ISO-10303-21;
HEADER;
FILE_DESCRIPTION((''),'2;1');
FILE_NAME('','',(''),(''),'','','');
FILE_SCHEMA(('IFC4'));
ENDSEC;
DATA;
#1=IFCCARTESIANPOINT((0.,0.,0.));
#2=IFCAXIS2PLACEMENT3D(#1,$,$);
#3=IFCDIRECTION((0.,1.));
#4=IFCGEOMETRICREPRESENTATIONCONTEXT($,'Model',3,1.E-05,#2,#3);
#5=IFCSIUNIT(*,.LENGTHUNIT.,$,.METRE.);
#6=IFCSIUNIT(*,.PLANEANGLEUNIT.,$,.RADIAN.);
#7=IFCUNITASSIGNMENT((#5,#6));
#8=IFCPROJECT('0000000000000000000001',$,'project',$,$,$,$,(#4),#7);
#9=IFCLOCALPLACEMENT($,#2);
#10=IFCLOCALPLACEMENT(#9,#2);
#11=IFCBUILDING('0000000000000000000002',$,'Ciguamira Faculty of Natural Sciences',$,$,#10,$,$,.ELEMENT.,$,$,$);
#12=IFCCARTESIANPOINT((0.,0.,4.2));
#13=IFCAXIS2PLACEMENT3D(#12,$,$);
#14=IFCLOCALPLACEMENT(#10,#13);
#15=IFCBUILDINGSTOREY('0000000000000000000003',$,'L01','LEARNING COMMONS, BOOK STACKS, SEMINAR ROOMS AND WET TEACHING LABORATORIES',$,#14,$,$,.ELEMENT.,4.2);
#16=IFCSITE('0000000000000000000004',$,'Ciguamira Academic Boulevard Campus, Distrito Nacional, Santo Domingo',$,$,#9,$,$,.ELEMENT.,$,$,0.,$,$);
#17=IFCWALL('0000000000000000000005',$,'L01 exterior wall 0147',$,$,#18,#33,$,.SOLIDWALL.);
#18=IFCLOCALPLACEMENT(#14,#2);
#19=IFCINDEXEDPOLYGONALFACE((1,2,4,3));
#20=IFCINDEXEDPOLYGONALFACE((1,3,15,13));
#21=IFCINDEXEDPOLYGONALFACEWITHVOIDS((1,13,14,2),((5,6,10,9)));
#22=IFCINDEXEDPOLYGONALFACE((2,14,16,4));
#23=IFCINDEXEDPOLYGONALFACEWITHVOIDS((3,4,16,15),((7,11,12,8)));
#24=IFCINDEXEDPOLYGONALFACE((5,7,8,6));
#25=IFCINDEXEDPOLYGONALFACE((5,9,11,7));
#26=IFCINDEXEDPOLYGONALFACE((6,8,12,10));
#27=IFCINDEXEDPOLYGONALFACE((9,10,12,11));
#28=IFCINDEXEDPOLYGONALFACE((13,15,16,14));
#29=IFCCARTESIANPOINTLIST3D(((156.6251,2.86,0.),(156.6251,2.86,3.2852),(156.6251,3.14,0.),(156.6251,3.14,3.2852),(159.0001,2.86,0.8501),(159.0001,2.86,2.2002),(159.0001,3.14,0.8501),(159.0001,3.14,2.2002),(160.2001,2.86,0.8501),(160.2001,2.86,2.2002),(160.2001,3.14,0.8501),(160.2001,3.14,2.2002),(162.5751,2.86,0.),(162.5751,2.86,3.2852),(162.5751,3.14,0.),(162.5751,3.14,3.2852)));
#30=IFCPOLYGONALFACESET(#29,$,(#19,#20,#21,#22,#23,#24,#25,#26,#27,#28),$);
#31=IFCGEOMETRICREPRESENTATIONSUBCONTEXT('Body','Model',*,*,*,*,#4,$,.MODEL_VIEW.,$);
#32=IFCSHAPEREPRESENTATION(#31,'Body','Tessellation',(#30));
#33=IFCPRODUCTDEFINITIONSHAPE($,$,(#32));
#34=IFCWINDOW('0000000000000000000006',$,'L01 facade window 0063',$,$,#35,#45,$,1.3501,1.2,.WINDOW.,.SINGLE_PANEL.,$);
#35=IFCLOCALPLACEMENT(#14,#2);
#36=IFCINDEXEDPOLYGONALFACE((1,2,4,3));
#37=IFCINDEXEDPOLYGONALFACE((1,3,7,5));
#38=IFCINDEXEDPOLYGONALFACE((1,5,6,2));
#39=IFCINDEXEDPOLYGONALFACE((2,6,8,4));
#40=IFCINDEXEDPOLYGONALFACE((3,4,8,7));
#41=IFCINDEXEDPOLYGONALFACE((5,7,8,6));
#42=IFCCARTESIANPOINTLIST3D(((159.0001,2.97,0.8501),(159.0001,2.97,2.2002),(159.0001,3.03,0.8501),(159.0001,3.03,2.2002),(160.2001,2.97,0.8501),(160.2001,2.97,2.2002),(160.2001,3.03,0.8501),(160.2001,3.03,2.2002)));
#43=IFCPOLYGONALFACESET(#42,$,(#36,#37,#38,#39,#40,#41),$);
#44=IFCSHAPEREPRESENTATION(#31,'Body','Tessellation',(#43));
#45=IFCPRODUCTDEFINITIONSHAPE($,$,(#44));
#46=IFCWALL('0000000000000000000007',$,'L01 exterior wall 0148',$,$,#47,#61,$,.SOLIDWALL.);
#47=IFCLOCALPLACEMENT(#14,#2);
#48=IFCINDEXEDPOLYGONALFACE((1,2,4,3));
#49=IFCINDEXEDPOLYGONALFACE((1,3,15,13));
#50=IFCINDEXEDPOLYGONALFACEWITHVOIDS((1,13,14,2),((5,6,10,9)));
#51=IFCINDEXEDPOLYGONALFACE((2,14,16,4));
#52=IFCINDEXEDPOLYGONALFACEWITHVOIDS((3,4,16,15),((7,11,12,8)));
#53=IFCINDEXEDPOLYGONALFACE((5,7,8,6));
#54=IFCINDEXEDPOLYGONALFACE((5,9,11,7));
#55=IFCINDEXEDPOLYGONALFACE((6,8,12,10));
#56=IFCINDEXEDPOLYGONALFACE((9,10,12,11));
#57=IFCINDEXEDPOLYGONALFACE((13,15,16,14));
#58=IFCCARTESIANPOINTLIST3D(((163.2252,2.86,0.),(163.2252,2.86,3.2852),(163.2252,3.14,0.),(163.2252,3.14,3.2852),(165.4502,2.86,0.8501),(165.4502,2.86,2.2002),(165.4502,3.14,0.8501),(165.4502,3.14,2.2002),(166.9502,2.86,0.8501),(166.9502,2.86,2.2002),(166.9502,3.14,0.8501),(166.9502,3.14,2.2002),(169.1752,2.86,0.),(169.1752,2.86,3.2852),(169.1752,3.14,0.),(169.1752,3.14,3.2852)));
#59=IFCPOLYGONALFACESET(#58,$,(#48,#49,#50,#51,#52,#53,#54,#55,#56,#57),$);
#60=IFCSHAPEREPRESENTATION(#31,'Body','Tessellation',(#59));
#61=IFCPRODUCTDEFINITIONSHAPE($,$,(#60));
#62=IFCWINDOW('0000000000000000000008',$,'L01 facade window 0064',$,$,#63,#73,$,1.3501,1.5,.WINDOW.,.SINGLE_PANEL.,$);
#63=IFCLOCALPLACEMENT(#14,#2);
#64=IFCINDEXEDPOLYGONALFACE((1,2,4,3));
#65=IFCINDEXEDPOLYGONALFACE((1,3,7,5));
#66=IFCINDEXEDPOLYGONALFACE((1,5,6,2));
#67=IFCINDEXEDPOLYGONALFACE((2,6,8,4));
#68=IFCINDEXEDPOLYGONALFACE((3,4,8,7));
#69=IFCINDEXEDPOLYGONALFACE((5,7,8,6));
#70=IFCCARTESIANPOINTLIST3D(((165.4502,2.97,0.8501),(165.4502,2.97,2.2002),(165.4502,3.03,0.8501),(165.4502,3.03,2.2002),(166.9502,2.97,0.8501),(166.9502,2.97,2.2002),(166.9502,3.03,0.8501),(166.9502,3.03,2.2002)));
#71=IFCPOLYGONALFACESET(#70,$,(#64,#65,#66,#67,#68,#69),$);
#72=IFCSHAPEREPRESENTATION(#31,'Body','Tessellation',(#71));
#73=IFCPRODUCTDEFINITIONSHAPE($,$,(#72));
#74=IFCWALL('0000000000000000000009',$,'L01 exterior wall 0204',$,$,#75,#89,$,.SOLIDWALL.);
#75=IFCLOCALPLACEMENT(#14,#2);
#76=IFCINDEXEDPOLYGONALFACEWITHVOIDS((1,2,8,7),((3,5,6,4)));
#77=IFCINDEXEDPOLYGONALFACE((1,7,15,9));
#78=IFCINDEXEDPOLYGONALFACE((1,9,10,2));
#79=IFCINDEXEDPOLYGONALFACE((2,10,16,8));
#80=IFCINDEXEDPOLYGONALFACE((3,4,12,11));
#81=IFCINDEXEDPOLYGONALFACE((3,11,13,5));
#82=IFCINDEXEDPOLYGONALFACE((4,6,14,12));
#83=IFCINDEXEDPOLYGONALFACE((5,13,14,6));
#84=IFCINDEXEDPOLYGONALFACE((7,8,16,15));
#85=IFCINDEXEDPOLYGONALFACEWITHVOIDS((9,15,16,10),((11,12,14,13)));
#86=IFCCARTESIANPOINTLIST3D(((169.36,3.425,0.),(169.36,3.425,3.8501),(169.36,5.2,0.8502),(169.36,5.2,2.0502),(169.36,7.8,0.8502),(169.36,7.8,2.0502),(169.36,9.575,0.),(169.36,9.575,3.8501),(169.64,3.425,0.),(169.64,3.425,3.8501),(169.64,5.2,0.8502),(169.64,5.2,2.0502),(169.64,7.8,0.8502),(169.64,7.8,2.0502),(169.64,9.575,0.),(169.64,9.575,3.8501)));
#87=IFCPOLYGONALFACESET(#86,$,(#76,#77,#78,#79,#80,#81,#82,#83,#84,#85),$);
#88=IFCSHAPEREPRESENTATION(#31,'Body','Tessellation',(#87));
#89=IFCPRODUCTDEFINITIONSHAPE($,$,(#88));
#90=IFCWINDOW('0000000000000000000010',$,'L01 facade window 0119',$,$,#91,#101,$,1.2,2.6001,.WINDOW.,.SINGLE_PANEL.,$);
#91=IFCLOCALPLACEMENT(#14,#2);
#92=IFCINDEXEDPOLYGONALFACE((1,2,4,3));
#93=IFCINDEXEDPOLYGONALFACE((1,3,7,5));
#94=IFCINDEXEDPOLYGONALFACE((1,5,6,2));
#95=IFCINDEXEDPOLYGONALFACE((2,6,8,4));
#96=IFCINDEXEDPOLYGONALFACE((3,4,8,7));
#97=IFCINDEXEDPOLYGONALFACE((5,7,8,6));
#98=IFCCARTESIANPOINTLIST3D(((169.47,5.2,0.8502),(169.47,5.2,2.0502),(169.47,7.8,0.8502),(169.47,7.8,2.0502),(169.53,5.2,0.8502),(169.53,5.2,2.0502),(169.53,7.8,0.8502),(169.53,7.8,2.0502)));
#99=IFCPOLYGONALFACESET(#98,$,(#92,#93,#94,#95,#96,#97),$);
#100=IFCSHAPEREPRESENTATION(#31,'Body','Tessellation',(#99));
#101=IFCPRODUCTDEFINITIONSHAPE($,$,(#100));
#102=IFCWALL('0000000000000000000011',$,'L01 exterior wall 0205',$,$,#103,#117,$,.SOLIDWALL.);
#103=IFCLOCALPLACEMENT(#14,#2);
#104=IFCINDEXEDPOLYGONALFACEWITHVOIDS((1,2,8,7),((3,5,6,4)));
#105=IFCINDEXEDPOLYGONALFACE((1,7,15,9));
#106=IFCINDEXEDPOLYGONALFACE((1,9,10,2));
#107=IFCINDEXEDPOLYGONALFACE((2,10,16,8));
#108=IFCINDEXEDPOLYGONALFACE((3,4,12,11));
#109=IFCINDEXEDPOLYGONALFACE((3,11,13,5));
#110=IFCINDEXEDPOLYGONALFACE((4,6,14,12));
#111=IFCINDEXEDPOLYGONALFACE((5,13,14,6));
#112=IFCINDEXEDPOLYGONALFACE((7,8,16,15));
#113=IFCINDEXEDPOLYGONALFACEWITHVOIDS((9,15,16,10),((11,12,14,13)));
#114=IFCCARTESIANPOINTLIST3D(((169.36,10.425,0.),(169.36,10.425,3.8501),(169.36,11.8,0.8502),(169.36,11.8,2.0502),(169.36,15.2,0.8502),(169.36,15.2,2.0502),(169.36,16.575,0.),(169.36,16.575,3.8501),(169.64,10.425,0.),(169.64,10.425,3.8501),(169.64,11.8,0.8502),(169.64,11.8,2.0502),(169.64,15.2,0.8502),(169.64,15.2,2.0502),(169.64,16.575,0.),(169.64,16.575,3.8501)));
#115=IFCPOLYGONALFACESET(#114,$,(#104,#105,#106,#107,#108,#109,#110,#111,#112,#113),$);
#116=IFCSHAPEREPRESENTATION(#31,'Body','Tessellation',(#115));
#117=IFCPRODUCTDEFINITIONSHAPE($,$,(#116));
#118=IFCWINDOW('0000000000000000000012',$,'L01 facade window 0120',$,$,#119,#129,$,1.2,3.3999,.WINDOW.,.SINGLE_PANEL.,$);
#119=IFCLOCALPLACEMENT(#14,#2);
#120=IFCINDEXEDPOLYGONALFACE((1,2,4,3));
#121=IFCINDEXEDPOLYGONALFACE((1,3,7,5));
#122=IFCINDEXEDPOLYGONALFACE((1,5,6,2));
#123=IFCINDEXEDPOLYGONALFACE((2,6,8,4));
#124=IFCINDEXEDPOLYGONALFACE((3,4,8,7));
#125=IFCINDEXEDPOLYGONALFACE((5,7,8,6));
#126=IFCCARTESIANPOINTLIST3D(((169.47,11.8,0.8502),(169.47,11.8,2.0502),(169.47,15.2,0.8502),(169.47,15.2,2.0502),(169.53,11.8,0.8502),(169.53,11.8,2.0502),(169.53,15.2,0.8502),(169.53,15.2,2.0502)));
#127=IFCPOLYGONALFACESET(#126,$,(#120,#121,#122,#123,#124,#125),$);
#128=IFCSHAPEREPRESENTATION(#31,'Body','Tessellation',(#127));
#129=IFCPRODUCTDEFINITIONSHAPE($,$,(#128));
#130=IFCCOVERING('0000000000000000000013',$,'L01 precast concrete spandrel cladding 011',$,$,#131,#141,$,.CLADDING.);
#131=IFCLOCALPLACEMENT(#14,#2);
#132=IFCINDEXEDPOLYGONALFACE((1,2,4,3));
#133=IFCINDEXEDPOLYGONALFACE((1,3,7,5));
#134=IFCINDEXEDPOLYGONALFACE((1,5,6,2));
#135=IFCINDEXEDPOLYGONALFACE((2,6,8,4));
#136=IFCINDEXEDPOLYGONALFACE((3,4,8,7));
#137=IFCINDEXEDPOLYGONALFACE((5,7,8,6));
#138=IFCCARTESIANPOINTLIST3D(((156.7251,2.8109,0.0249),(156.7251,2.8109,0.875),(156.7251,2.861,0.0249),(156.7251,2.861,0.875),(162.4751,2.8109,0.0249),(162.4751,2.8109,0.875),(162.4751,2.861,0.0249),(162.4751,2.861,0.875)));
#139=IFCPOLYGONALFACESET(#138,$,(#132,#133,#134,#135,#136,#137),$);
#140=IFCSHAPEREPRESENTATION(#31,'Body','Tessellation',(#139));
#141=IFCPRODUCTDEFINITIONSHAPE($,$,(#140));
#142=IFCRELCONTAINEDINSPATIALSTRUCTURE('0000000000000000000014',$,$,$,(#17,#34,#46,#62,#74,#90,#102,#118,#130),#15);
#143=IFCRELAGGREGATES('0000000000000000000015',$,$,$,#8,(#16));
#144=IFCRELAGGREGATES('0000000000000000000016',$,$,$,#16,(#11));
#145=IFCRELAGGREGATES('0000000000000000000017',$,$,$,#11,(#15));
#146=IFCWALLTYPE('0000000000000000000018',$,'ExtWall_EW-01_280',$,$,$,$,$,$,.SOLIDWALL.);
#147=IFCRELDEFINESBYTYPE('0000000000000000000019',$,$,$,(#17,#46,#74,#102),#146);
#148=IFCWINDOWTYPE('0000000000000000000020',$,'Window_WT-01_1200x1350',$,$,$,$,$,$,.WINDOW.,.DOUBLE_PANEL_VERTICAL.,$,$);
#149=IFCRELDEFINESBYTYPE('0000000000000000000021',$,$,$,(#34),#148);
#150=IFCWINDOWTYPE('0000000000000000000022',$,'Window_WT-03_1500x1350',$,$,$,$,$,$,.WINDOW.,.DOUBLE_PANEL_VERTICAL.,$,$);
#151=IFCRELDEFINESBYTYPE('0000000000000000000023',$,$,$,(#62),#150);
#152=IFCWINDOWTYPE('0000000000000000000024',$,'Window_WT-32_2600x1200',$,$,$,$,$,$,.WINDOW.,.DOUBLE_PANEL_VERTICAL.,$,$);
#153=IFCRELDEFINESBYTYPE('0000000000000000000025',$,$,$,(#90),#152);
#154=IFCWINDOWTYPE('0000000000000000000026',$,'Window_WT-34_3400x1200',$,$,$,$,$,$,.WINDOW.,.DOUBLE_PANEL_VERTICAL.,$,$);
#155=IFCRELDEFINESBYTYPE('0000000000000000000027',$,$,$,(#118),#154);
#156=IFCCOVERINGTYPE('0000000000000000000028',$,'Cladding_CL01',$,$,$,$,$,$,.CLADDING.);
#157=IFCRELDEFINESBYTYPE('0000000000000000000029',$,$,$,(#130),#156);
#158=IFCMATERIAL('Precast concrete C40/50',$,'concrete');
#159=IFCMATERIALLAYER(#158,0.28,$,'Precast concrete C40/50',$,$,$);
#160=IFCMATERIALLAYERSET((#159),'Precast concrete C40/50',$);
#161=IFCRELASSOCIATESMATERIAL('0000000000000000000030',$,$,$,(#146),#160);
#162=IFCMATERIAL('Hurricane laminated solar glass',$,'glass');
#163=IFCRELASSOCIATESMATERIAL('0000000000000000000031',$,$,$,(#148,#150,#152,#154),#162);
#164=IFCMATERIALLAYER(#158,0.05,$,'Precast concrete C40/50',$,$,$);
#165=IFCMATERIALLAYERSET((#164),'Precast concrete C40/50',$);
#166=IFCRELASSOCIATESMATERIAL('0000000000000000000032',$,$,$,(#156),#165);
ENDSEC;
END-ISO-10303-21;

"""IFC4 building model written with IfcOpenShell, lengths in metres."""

from ifc_helpers import new_model, si_unit, direction, frame, frame_2d, origin, origin_2d, place, context, subcontext, project, spatial, rectangle, extrude, material, layer, layer_set, type_object, element, fill, save


model = new_model("IFC4")

# Units and contexts
model_context = context("Model", 3, precision=1e-05, world=origin(), true_north=direction((0.0, 1.0)))
body_context = subcontext(model_context, "Body", "Model", "MODEL_VIEW")
ifc_project = project(units=[si_unit("LENGTHUNIT", "METRE"), si_unit("PLANEANGLEUNIT", "RADIAN")], contexts=[model_context])

# Site, building, storey
site_placement = place(None, origin())
site = spatial("IfcSite", under=ifc_project, at=site_placement, Name="Ciguamira Academic Boulevard Campus, Distrito Nacional, Santo Domingo", CompositionType="ELEMENT", RefElevation=0.0)
building_placement = place(site_placement, origin())
building = spatial("IfcBuilding", under=site, at=building_placement, Name="Ciguamira Faculty of Natural Sciences", CompositionType="ELEMENT")
storey_placement = place(building_placement, frame((0.0, 0.0, 4.2)))
storey = spatial("IfcBuildingStorey", under=building, at=storey_placement, Name="L01", Description="LEARNING COMMONS, BOOK STACKS, SEMINAR ROOMS AND WET TEACHING LABORATORIES", CompositionType="ELEMENT", Elevation=4.2)

# Shared definitions
ifc_material_1 = material(Name="Precast concrete C40/50", Category="concrete")

# Walls, openings, windows
ifc_layer_1 = layer(ifc_material_1, 0.28, Name="Precast concrete C40/50")
ifc_layer_set_1 = layer_set([ifc_layer_1], Name="Precast concrete C40/50")
wall_type = type_object("IfcWallType", Name="ExtWall_EW-01_280", PredefinedType="SOLIDWALL", material=ifc_layer_set_1)
wall_1_placement = place(storey_placement, frame((156.625, 3.0, 0.0), z_axis=(0.0, 0.0, 1.0), x_axis=(1.0, 0.0, 0.0)))
wall_1 = element("IfcWall", 1, at=wall_1_placement, inside=storey, type_object=wall_type, Name="L01 exterior wall 0147", PredefinedType="SOLIDWALL", context=body_context, shape_type="SweptSolid", body=[
    extrude(rectangle(XDim=5.95, YDim=0.28, at=frame_2d((2.9751, 0.0))), origin(), (0.0, 0.0, 1.0), 3.2852),
])
opening_1_placement = place(wall_1_placement, frame((2.375, 0.0, 0.8501)))
opening_1 = element("IfcOpeningElement", 2, at=opening_1_placement, cuts=wall_1, PredefinedType="OPENING", context=body_context, shape_type="SweptSolid", body=[
    extrude(rectangle(XDim=1.2, YDim=1.3501, at=frame_2d((0.6001, 0.675))), frame((0.0, 0.1499, 0.0), z_axis=(0.0, -1.0, 0.0), x_axis=(1.0, 0.0, 0.0)), (0.0, 0.0, 1.0), 0.3),
])
ifc_material_2 = material(Name="Hurricane laminated solar glass", Category="glass")
window_type_1 = type_object("IfcWindowType", Name="Window_WT-01_1200x1350", PartitioningType="DOUBLE_PANEL_VERTICAL", PredefinedType="WINDOW", material=ifc_material_2)
window_1_placement = place(opening_1_placement, origin())
window_1 = element("IfcWindow", 3, at=window_1_placement, inside=storey, type_object=window_type_1, Name="L01 facade window 0063", OverallHeight=1.3501, OverallWidth=1.2, PartitioningType="SINGLE_PANEL", PredefinedType="WINDOW", context=body_context, shape_type="SweptSolid", body=[
    extrude(rectangle(XDim=1.2, YDim=1.3501, at=frame_2d((0.6001, 0.675))), frame((0.0, 0.03, 0.0), z_axis=(0.0, -1.0, 0.0), x_axis=(1.0, 0.0, 0.0)), (0.0, 0.0, 1.0), 0.0601),
])
fill(opening_1, window_1)
wall_2_placement = place(storey_placement, frame((163.2251, 3.0, 0.0), z_axis=(0.0, 0.0, 1.0), x_axis=(1.0, 0.0, 0.0)))
wall_2 = element("IfcWall", 4, at=wall_2_placement, inside=storey, type_object=wall_type, Name="L01 exterior wall 0148", PredefinedType="SOLIDWALL", context=body_context, shape_type="SweptSolid", body=[
    extrude(rectangle(XDim=5.95, YDim=0.28, at=frame_2d((2.9751, 0.0))), origin(), (0.0, 0.0, 1.0), 3.2852),
])
opening_2_placement = place(wall_2_placement, frame((2.2251, 0.0, 0.8501)))
opening_2 = element("IfcOpeningElement", 5, at=opening_2_placement, cuts=wall_2, PredefinedType="OPENING", context=body_context, shape_type="SweptSolid", body=[
    extrude(rectangle(XDim=1.5, YDim=1.3501, at=frame_2d((0.75, 0.675))), frame((0.0, 0.1499, 0.0), z_axis=(0.0, -1.0, 0.0), x_axis=(1.0, 0.0, 0.0)), (0.0, 0.0, 1.0), 0.3),
])
window_type_2 = type_object("IfcWindowType", Name="Window_WT-03_1500x1350", PartitioningType="DOUBLE_PANEL_VERTICAL", PredefinedType="WINDOW", material=ifc_material_2)
window_2_placement = place(opening_2_placement, origin())
window_2 = element("IfcWindow", 6, at=window_2_placement, inside=storey, type_object=window_type_2, Name="L01 facade window 0064", OverallHeight=1.3501, OverallWidth=1.5, PartitioningType="SINGLE_PANEL", PredefinedType="WINDOW", context=body_context, shape_type="SweptSolid", body=[
    extrude(rectangle(XDim=1.5, YDim=1.3501, at=frame_2d((0.75, 0.675))), frame((0.0, 0.03, 0.0), z_axis=(0.0, -1.0, 0.0), x_axis=(1.0, 0.0, 0.0)), (0.0, 0.0, 1.0), 0.0601),
])
fill(opening_2, window_2)
wall_3_placement = place(storey_placement, frame((169.5, 3.425, 0.0), z_axis=(0.0, 0.0, 1.0), x_axis=(0.0, 1.0, 0.0)))
wall_3 = element("IfcWall", 7, at=wall_3_placement, inside=storey, type_object=wall_type, Name="L01 exterior wall 0204", PredefinedType="SOLIDWALL", context=body_context, shape_type="SweptSolid", body=[
    extrude(rectangle(XDim=6.1499, YDim=0.28, at=frame_2d((3.075, 0.0))), origin(), (0.0, 0.0, 1.0), 3.8501),
])
opening_3_placement = place(wall_3_placement, frame((1.7749, 0.0, 0.8501)))
opening_3 = element("IfcOpeningElement", 8, at=opening_3_placement, cuts=wall_3, PredefinedType="OPENING", context=body_context, shape_type="SweptSolid", body=[
    extrude(rectangle(XDim=2.6001, YDim=1.2, at=frame_2d((1.3, 0.6001))), frame((0.0, 0.1499, 0.0), z_axis=(0.0, -1.0, 0.0), x_axis=(1.0, 0.0, 0.0)), (0.0, 0.0, 1.0), 0.3),
])
window_type_3 = type_object("IfcWindowType", Name="Window_WT-32_2600x1200", PartitioningType="DOUBLE_PANEL_VERTICAL", PredefinedType="WINDOW", material=ifc_material_2)
window_3_placement = place(opening_3_placement, origin())
window_3 = element("IfcWindow", 9, at=window_3_placement, inside=storey, type_object=window_type_3, Name="L01 facade window 0119", OverallHeight=1.2, OverallWidth=2.6001, PartitioningType="SINGLE_PANEL", PredefinedType="WINDOW", context=body_context, shape_type="SweptSolid", body=[
    extrude(rectangle(XDim=2.6001, YDim=1.2, at=frame_2d((1.3, 0.6001))), frame((0.0, 0.03, 0.0), z_axis=(0.0, -1.0, 0.0), x_axis=(1.0, 0.0, 0.0)), (0.0, 0.0, 1.0), 0.0601),
])
fill(opening_3, window_3)
wall_4_placement = place(storey_placement, frame((169.5, 10.425, 0.0), z_axis=(0.0, 0.0, 1.0), x_axis=(0.0, 1.0, 0.0)))
wall_4 = element("IfcWall", 10, at=wall_4_placement, inside=storey, type_object=wall_type, Name="L01 exterior wall 0205", PredefinedType="SOLIDWALL", context=body_context, shape_type="SweptSolid", body=[
    extrude(rectangle(XDim=6.1499, YDim=0.28, at=frame_2d((3.075, 0.0))), origin(), (0.0, 0.0, 1.0), 3.8501),
])
opening_4_placement = place(wall_4_placement, frame((1.375, 0.0, 0.8501)))
opening_4 = element("IfcOpeningElement", 11, at=opening_4_placement, cuts=wall_4, PredefinedType="OPENING", context=body_context, shape_type="SweptSolid", body=[
    extrude(rectangle(XDim=3.3999, YDim=1.2, at=frame_2d((1.7, 0.6001))), frame((0.0, 0.1499, 0.0), z_axis=(0.0, -1.0, 0.0), x_axis=(1.0, 0.0, 0.0)), (0.0, 0.0, 1.0), 0.3),
])
window_type_4 = type_object("IfcWindowType", Name="Window_WT-34_3400x1200", PartitioningType="DOUBLE_PANEL_VERTICAL", PredefinedType="WINDOW", material=ifc_material_2)
window_4_placement = place(opening_4_placement, origin())
window_4 = element("IfcWindow", 12, at=window_4_placement, inside=storey, type_object=window_type_4, Name="L01 facade window 0120", OverallHeight=1.2, OverallWidth=3.3999, PartitioningType="SINGLE_PANEL", PredefinedType="WINDOW", context=body_context, shape_type="SweptSolid", body=[
    extrude(rectangle(XDim=3.3999, YDim=1.2, at=frame_2d((1.7, 0.6001))), frame((0.0, 0.03, 0.0), z_axis=(0.0, -1.0, 0.0), x_axis=(1.0, 0.0, 0.0)), (0.0, 0.0, 1.0), 0.0601),
])
fill(opening_4, window_4)

# Covering
ifc_layer_2 = layer(ifc_material_1, 0.05, Name="Precast concrete C40/50")
ifc_layer_set_2 = layer_set([ifc_layer_2], Name="Precast concrete C40/50")
covering_type = type_object("IfcCoveringType", Name="Cladding_CL01", PredefinedType="CLADDING", material=ifc_layer_set_2)
covering_placement = place(storey_placement, frame((159.6001, 2.8359, 0.0249), z_axis=(0.0, 0.0, 1.0), x_axis=(1.0, 0.0, 0.0)))
element("IfcCovering", 13, at=covering_placement, inside=storey, type_object=covering_type, Name="L01 precast concrete spandrel cladding 011", PredefinedType="CLADDING", context=body_context, shape_type="SweptSolid", body=[
    extrude(rectangle(XDim=5.75, YDim=0.05, at=origin_2d()), origin(), (0.0, 0.0, 1.0), 0.8501),
])

save(model, "model.ifc")
